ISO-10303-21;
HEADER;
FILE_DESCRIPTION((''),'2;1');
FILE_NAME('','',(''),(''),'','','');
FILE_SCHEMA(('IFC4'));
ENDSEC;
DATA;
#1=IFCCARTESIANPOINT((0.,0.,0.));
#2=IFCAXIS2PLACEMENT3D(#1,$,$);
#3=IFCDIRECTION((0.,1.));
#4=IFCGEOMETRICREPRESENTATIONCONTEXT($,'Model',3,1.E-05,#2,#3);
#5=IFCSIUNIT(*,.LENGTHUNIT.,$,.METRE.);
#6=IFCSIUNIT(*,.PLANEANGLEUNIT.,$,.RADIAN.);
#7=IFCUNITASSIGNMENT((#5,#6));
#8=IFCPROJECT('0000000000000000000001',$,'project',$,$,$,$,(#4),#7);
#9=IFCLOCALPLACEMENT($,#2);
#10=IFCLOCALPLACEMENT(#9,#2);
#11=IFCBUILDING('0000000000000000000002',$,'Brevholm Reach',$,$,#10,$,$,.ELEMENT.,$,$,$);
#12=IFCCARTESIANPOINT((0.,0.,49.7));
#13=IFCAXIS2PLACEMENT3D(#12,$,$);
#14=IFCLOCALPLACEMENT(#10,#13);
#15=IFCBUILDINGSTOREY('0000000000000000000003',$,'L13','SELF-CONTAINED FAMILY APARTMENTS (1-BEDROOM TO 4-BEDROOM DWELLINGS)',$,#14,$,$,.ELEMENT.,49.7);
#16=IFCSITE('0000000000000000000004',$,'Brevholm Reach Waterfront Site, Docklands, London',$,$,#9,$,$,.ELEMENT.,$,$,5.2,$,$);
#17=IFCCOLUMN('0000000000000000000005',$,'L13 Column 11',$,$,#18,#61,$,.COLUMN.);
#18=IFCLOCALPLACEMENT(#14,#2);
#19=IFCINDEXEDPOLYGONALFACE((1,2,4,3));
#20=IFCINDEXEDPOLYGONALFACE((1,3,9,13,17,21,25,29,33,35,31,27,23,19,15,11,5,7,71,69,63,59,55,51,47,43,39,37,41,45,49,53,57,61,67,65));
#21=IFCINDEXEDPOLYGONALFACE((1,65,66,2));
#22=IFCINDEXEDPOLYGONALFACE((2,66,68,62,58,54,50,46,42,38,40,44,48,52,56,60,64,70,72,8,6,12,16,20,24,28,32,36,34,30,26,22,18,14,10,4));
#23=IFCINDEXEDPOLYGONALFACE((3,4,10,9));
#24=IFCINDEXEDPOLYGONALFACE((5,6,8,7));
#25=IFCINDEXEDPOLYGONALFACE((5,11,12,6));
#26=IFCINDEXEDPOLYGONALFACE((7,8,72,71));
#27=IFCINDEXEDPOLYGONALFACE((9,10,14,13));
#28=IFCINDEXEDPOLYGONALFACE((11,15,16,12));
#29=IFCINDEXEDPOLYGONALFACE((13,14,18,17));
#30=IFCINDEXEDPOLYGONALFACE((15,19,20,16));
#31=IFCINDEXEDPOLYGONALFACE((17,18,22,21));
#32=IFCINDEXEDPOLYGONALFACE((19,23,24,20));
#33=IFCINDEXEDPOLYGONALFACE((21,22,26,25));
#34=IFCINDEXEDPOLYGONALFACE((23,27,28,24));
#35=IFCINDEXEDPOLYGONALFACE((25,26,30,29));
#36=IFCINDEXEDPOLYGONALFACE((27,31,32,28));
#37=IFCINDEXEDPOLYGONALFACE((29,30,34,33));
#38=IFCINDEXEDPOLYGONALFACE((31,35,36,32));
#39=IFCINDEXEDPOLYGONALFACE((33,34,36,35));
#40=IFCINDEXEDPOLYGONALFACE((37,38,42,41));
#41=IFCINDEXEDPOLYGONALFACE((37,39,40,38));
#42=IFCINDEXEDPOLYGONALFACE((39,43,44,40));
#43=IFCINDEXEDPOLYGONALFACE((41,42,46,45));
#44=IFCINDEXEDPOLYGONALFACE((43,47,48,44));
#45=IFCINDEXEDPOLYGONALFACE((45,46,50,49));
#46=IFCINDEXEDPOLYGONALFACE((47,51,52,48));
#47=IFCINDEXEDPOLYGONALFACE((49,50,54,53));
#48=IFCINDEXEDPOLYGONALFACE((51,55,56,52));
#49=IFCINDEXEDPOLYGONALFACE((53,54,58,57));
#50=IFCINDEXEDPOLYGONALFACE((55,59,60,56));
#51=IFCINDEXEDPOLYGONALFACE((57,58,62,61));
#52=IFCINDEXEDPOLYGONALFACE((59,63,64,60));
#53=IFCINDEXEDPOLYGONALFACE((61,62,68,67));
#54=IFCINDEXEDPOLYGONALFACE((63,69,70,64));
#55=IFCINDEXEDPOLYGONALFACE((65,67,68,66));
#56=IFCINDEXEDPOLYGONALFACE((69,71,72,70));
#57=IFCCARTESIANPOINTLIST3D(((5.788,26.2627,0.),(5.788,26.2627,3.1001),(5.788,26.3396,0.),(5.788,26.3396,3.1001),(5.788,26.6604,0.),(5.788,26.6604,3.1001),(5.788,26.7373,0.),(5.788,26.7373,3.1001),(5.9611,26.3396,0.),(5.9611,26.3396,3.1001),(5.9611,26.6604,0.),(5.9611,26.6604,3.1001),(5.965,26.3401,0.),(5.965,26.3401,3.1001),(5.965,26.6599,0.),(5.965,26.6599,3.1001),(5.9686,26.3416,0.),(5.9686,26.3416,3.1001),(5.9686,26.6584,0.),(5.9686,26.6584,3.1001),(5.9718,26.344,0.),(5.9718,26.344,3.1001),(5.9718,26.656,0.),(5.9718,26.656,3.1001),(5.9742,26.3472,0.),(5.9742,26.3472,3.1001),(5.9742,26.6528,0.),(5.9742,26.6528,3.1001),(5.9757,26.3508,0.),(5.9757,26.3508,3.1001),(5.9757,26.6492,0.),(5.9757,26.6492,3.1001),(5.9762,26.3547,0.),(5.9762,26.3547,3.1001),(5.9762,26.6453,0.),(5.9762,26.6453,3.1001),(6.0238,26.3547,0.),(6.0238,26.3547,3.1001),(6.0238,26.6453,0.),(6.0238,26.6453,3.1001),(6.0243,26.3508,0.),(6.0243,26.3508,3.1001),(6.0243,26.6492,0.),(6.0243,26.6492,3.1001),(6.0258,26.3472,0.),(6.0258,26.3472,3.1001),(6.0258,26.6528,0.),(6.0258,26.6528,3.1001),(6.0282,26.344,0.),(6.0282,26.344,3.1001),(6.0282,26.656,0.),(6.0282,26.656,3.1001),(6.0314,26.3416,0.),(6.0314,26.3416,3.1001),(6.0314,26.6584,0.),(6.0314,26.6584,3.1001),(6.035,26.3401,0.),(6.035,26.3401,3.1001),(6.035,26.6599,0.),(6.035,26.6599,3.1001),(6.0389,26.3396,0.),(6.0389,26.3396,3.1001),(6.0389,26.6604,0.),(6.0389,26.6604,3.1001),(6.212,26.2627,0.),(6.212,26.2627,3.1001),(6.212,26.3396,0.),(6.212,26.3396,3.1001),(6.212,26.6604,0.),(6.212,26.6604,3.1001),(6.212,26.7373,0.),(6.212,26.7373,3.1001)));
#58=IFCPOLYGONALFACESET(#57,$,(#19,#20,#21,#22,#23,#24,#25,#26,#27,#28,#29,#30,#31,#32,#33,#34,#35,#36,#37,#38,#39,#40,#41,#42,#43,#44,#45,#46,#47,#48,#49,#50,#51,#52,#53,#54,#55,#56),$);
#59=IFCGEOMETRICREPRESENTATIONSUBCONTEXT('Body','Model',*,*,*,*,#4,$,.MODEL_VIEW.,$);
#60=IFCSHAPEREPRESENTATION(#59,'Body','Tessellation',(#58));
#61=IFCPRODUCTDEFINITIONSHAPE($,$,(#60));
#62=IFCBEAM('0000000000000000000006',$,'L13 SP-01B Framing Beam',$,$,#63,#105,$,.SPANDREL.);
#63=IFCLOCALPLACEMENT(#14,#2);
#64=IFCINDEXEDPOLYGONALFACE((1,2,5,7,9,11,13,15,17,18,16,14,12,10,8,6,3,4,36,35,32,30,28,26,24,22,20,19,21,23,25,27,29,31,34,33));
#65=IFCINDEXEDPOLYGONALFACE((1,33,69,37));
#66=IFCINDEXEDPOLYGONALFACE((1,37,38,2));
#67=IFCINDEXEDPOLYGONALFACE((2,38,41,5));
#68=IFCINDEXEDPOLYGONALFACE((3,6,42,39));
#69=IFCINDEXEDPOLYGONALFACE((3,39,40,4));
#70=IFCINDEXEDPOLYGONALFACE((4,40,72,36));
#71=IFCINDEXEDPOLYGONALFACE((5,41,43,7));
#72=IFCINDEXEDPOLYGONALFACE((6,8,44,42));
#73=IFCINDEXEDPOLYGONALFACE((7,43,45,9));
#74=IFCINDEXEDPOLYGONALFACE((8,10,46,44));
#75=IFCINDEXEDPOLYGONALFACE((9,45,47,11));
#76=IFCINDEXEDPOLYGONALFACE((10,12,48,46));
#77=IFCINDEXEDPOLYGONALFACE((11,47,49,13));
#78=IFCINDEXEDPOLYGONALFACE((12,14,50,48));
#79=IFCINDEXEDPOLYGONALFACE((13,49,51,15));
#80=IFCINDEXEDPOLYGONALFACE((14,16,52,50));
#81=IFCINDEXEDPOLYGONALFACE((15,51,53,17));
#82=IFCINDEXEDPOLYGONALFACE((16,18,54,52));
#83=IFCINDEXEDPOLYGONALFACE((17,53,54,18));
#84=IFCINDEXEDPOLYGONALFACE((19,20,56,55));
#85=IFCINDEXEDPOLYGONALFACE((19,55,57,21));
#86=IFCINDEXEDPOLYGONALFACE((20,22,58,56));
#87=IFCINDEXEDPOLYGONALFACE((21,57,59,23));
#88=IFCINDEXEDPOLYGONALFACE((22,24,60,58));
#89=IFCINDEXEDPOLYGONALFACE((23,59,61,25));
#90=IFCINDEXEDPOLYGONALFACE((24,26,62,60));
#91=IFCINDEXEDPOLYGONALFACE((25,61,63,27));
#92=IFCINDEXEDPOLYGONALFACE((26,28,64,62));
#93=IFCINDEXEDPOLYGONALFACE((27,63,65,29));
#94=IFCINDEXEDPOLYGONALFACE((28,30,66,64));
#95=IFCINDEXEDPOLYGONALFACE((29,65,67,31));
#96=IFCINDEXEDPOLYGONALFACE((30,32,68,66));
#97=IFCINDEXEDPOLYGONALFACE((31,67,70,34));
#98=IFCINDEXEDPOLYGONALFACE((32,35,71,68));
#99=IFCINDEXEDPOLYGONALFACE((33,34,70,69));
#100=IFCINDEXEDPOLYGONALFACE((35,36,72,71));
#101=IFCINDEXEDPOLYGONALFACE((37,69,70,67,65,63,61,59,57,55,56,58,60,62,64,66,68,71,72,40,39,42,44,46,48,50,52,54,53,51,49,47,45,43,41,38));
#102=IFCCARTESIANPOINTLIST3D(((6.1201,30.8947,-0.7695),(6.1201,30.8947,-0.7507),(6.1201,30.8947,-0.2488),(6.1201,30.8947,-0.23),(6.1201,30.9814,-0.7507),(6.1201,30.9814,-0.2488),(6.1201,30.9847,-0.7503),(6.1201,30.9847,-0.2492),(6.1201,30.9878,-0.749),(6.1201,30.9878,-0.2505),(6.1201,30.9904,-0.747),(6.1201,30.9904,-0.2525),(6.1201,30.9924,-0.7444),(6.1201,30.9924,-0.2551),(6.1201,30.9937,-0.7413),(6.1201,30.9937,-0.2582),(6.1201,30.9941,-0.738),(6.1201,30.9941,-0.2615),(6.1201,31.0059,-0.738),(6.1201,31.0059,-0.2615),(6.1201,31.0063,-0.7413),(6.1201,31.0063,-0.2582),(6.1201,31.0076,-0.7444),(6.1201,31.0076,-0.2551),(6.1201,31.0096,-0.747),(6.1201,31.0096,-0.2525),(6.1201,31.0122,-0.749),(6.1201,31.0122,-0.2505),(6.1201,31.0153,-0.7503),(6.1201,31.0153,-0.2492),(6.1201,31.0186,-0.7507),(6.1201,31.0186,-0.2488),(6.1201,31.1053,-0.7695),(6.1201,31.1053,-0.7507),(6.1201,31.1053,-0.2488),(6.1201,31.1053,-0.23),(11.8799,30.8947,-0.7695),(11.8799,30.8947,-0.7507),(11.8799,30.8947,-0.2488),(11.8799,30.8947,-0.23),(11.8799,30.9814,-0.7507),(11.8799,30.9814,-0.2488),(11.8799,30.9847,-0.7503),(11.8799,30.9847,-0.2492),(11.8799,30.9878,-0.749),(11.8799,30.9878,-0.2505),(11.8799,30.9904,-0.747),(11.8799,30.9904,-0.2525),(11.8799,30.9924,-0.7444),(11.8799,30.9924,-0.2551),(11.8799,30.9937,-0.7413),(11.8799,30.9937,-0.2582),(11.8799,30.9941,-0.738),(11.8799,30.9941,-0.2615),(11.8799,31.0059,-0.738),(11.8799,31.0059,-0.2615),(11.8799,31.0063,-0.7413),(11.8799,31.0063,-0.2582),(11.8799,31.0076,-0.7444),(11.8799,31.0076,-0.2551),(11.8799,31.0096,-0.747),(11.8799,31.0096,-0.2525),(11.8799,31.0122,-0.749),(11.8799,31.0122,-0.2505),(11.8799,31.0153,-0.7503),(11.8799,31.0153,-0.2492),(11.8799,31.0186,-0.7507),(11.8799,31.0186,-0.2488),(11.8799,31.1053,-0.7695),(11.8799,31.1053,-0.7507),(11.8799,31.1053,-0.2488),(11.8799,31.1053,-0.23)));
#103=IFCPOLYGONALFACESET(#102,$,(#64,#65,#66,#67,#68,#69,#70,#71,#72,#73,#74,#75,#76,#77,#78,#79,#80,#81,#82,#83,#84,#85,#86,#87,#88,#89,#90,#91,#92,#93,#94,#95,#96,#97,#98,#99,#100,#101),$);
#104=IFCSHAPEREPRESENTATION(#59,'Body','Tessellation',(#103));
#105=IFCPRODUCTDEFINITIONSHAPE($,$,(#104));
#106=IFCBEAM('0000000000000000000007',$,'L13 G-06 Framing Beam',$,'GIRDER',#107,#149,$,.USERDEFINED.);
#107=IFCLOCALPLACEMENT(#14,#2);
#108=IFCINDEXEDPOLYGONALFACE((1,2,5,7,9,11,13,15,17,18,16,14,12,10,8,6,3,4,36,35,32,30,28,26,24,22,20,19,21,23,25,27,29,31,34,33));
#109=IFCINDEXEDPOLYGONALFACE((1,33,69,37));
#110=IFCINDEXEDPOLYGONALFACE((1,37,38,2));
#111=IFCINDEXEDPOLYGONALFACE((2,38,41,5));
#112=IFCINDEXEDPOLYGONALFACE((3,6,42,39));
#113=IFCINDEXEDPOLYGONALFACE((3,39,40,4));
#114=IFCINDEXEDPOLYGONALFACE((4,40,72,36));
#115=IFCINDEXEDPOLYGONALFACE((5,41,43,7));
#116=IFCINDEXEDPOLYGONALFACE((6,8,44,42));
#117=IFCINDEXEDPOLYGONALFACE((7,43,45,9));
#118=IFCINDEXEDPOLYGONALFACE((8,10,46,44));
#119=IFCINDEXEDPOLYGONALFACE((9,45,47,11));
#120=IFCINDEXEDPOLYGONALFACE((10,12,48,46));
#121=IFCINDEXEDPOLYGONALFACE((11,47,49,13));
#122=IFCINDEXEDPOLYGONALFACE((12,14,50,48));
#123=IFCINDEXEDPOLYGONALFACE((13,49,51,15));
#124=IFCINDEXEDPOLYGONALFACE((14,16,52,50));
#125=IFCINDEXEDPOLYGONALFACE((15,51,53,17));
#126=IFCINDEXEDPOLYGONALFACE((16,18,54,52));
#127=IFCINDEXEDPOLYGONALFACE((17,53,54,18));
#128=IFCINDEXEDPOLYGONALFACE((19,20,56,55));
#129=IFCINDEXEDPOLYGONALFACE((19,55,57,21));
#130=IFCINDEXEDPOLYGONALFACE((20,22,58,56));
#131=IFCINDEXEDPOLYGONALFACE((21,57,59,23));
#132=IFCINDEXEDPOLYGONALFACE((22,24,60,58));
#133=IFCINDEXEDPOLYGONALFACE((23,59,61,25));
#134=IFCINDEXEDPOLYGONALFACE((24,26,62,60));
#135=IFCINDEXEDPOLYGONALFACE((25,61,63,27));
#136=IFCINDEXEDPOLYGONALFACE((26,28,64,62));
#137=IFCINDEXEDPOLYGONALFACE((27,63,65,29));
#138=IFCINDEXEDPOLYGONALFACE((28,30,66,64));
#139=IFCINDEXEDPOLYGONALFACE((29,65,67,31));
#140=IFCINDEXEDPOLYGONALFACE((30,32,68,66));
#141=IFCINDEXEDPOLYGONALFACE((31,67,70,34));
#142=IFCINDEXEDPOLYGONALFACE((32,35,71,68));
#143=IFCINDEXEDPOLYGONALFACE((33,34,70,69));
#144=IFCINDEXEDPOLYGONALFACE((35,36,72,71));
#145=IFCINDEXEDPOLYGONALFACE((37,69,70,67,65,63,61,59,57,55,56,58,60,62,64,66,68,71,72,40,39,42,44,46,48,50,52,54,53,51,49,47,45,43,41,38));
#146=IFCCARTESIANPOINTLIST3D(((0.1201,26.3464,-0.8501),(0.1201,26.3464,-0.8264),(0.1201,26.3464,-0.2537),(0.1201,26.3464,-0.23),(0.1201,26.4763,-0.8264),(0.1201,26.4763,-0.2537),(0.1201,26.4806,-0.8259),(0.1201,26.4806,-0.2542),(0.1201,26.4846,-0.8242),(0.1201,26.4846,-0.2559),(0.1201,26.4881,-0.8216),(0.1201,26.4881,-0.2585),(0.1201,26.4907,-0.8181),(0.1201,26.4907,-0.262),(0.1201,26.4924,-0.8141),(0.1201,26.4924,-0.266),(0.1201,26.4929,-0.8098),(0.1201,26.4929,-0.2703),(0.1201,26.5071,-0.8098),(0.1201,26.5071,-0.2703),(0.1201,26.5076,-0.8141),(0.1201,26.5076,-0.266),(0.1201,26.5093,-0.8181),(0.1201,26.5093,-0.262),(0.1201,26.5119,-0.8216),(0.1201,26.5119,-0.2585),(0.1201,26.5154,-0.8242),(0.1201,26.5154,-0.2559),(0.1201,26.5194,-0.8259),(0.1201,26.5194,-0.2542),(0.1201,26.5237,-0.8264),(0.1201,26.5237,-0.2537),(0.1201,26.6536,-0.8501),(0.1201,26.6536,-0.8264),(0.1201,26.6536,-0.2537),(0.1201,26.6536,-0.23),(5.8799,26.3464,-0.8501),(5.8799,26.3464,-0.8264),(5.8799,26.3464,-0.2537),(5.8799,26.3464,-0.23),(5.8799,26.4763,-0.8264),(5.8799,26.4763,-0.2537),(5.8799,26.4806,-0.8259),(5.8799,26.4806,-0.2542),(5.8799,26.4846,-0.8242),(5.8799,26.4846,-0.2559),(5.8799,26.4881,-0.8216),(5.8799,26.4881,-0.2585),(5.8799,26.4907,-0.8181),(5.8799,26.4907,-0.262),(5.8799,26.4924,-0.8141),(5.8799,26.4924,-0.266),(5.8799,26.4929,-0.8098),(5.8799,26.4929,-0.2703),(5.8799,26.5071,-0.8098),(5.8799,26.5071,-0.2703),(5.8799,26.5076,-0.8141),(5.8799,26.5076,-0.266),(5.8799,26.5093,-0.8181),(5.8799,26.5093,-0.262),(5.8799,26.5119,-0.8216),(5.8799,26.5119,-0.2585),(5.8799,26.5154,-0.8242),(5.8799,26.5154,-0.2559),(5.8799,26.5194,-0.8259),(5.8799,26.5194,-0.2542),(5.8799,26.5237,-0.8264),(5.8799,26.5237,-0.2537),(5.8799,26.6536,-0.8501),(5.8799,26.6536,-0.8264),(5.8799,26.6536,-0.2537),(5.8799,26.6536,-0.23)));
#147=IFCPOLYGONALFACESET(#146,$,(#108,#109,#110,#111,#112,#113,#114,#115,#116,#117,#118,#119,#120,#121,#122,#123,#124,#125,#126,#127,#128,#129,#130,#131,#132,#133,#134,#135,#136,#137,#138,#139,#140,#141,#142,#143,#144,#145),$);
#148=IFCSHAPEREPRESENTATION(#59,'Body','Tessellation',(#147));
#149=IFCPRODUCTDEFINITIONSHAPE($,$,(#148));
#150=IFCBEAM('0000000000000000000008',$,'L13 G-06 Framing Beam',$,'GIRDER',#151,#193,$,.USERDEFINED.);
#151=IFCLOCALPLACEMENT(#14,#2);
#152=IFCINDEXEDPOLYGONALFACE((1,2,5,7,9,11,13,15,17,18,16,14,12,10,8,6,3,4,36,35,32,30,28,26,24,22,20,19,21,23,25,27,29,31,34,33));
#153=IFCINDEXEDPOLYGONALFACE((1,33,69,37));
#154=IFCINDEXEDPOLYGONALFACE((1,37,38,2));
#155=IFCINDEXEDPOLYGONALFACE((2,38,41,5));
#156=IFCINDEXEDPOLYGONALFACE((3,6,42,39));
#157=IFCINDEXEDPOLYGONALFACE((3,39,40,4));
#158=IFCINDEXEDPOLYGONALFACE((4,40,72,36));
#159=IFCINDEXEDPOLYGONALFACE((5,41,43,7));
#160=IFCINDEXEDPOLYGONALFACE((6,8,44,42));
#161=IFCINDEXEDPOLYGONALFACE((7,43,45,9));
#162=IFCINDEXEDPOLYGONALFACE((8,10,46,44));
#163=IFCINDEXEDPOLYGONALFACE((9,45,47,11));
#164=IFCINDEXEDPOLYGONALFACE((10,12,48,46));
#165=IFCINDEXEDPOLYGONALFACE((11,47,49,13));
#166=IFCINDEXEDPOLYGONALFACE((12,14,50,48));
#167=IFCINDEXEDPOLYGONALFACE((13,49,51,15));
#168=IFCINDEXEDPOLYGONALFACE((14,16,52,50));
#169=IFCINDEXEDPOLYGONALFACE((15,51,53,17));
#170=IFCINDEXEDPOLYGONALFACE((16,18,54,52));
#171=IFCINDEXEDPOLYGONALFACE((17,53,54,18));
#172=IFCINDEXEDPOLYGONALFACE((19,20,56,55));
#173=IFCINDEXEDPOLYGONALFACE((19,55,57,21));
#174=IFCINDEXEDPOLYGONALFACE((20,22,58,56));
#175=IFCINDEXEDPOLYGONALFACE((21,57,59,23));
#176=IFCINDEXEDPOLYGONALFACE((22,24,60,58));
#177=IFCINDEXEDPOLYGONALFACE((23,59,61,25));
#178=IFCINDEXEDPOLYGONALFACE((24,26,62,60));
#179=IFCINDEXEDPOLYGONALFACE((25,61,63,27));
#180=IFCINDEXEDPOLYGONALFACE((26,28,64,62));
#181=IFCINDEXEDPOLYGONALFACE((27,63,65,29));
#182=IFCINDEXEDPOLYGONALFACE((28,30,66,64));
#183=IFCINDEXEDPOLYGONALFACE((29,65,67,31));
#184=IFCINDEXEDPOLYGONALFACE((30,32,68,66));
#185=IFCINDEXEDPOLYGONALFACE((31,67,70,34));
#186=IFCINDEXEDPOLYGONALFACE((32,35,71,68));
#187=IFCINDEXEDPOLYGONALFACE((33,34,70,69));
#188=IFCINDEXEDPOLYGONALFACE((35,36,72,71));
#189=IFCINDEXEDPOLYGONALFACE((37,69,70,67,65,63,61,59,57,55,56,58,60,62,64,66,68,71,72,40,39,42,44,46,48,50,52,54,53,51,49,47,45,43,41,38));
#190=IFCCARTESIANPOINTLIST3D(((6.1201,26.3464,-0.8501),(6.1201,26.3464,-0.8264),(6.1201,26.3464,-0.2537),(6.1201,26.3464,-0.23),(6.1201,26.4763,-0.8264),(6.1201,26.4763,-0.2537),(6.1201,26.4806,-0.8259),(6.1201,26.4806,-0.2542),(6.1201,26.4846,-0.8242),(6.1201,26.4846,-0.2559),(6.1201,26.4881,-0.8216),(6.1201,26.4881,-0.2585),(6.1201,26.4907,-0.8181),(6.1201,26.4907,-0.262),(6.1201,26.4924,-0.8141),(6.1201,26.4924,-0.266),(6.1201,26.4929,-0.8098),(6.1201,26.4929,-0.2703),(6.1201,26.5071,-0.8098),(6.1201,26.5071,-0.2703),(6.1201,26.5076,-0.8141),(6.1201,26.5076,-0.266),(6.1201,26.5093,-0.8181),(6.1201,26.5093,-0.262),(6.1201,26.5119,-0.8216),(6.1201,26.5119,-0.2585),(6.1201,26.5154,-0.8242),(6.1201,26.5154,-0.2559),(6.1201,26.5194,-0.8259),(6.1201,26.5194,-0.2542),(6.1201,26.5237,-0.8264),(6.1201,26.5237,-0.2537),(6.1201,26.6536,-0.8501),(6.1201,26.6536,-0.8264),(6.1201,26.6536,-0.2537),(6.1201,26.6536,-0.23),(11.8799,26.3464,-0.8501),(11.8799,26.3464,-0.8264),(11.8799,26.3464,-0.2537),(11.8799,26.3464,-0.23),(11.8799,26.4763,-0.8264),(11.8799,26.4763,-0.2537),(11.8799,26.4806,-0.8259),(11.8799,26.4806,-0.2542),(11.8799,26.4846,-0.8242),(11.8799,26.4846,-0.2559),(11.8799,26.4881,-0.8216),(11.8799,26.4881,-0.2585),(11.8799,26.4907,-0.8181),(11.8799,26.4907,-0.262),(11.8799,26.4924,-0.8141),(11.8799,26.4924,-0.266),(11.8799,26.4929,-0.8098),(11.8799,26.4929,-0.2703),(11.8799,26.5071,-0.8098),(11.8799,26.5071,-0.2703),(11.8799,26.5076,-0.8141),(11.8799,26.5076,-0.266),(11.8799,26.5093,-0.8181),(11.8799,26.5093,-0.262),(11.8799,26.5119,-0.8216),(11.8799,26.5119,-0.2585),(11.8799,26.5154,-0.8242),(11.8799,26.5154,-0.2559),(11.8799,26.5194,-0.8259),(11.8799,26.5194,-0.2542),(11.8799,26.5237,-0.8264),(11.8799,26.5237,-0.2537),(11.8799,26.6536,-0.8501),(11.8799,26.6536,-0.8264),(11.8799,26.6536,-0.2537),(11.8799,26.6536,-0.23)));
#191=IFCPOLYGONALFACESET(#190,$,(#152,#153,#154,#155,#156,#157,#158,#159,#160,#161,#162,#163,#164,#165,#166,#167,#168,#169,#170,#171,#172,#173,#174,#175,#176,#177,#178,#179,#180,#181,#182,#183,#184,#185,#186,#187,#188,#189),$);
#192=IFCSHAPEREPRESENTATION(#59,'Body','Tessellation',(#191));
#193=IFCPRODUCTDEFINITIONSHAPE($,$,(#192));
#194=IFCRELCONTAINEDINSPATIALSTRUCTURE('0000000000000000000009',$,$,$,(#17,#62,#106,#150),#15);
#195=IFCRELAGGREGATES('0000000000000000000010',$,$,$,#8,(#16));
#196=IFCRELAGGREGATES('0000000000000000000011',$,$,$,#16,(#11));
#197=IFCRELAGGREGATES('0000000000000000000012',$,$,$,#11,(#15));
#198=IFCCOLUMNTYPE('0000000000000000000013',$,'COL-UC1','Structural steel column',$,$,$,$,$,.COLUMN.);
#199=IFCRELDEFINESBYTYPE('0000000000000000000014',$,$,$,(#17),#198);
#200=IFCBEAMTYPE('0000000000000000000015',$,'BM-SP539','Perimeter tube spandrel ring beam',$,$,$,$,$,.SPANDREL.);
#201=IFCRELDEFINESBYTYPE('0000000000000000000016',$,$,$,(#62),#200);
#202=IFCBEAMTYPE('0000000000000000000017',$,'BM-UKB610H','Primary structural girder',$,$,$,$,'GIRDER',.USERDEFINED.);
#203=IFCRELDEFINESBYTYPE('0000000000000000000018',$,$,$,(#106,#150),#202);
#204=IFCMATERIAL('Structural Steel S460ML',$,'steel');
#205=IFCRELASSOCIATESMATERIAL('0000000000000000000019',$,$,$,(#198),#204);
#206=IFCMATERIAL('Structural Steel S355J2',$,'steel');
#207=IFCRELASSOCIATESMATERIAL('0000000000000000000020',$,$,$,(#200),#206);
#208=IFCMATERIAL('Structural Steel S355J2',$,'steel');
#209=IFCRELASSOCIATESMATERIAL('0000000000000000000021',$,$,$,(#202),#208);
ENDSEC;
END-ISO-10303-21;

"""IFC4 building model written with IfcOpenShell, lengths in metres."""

from ifc_helpers import new_model, si_unit, direction, frame, origin, origin_2d, place, context, subcontext, project, spatial, i_section, extrude, material, material_profile, profile_set, type_object, element, save


model = new_model("IFC4")

# Units and contexts
model_context = context("Model", 3, precision=1e-05, world=origin(), true_north=direction((0.0, 1.0)))
body_context = subcontext(model_context, "Body", "Model", "MODEL_VIEW")
ifc_project = project(units=[si_unit("LENGTHUNIT", "METRE"), si_unit("PLANEANGLEUNIT", "RADIAN")], contexts=[model_context])

# Site, building, storey
site_placement = place(None, origin())
site = spatial("IfcSite", under=ifc_project, at=site_placement, Name="Brevholm Reach Waterfront Site, Docklands, London", CompositionType="ELEMENT", RefElevation=5.2)
building_placement = place(site_placement, origin())
building = spatial("IfcBuilding", under=site, at=building_placement, Name="Brevholm Reach", CompositionType="ELEMENT")
storey_placement = place(building_placement, frame((0.0, 0.0, 49.7)))
storey = spatial("IfcBuildingStorey", under=building, at=storey_placement, Name="L13", Description="SELF-CONTAINED FAMILY APARTMENTS (1-BEDROOM TO 4-BEDROOM DWELLINGS)", CompositionType="ELEMENT", Elevation=49.7)

# Column
ifc_material_1 = material(Name="Structural Steel S460ML", Category="steel")
ifc_material_profile_1 = material_profile(ifc_material_1, i_section(OverallWidth=0.4241, OverallDepth=0.4746, WebThickness=0.0476, FlangeThickness=0.0769, FilletRadius=0.0151, at=origin_2d()), Name="UKC 356x406x634")
ifc_profile_set_1 = profile_set([ifc_material_profile_1], Name="Structural Steel S460ML")
column_type_1 = type_object("IfcColumnType", Name="COL-UC1", Description="Structural steel column", PredefinedType="COLUMN", material=ifc_profile_set_1)
column_1_placement = place(storey_placement, frame((6.0, 26.5, 0.0), z_axis=(0.0, 0.0, 1.0), x_axis=(1.0, 0.0, 0.0)))
element("IfcColumn", 1, at=column_1_placement, inside=storey, type_object=column_type_1, Name="L13 Column 11", PredefinedType="COLUMN", context=body_context, shape_type="SweptSolid", body=[
    extrude(i_section(OverallWidth=0.4241, OverallDepth=0.4746, WebThickness=0.0476, FlangeThickness=0.0769, FilletRadius=0.0151, at=origin_2d()), origin(), (0.0, 0.0, 1.0), 3.1001),
])

# Beams
ifc_material_2 = material(Name="Structural Steel S355J2", Category="steel")
ifc_material_profile_2 = material_profile(ifc_material_2, i_section(OverallWidth=0.2107, OverallDepth=0.5396, WebThickness=0.0117, FlangeThickness=0.0188, FilletRadius=0.0127, at=origin_2d()), Name="UKB 533x210x109")
ifc_profile_set_2 = profile_set([ifc_material_profile_2], Name="Structural Steel S355J2")
beam_type_1 = type_object("IfcBeamType", Name="BM-SP539", Description="Perimeter tube spandrel ring beam", PredefinedType="SPANDREL", material=ifc_profile_set_2)
beam_1_placement = place(storey_placement, frame((6.1201, 31.0, -0.4998), z_axis=(1.0, 0.0, 0.0), x_axis=(0.0, 1.0, 0.0)))
element("IfcBeam", 2, at=beam_1_placement, inside=storey, type_object=beam_type_1, Name="L13 SP-01B Framing Beam", PredefinedType="SPANDREL", context=body_context, shape_type="SweptSolid", body=[
    extrude(i_section(OverallWidth=0.2107, OverallDepth=0.5396, WebThickness=0.0117, FlangeThickness=0.0188, FilletRadius=0.0127, at=origin_2d()), origin(), (0.0, 0.0, 1.0), 5.7598),
])
ifc_material_3 = material(Name="Structural Steel S355J2", Category="steel")
ifc_material_profile_3 = material_profile(ifc_material_3, i_section(OverallWidth=0.3071, OverallDepth=0.6201, WebThickness=0.0142, FlangeThickness=0.0237, FilletRadius=0.0166, at=origin_2d()), Name="UKB 610x305x179")
ifc_profile_set_3 = profile_set([ifc_material_profile_3], Name="Structural Steel S355J2")
beam_type_2 = type_object("IfcBeamType", Name="BM-UKB610H", Description="Primary structural girder", ElementType="GIRDER", PredefinedType="USERDEFINED", material=ifc_profile_set_3)
for number, where, z_axis, x_axis, name in (
    (3, (0.1201, 26.5, -0.54), (1.0, 0.0, 0.0), (0.0, 1.0, 0.0), "L13 G-06 Framing Beam"),
    (4, (6.1201, 26.5, -0.54), (1.0, 0.0, 0.0), (0.0, 1.0, 0.0), "L13 G-06 Framing Beam"),
):
    element("IfcBeam", number, at=place(storey_placement, frame(where, z_axis=z_axis, x_axis=x_axis)), inside=storey, type_object=beam_type_2, Name=name, ObjectType="GIRDER", PredefinedType="USERDEFINED", context=body_context, shape_type="SweptSolid", body=[
        extrude(i_section(OverallWidth=0.3071, OverallDepth=0.6201, WebThickness=0.0142, FlangeThickness=0.0237, FilletRadius=0.0166, at=origin_2d()), origin(), (0.0, 0.0, 1.0), 5.7598),
    ])

save(model, "model.ifc")
